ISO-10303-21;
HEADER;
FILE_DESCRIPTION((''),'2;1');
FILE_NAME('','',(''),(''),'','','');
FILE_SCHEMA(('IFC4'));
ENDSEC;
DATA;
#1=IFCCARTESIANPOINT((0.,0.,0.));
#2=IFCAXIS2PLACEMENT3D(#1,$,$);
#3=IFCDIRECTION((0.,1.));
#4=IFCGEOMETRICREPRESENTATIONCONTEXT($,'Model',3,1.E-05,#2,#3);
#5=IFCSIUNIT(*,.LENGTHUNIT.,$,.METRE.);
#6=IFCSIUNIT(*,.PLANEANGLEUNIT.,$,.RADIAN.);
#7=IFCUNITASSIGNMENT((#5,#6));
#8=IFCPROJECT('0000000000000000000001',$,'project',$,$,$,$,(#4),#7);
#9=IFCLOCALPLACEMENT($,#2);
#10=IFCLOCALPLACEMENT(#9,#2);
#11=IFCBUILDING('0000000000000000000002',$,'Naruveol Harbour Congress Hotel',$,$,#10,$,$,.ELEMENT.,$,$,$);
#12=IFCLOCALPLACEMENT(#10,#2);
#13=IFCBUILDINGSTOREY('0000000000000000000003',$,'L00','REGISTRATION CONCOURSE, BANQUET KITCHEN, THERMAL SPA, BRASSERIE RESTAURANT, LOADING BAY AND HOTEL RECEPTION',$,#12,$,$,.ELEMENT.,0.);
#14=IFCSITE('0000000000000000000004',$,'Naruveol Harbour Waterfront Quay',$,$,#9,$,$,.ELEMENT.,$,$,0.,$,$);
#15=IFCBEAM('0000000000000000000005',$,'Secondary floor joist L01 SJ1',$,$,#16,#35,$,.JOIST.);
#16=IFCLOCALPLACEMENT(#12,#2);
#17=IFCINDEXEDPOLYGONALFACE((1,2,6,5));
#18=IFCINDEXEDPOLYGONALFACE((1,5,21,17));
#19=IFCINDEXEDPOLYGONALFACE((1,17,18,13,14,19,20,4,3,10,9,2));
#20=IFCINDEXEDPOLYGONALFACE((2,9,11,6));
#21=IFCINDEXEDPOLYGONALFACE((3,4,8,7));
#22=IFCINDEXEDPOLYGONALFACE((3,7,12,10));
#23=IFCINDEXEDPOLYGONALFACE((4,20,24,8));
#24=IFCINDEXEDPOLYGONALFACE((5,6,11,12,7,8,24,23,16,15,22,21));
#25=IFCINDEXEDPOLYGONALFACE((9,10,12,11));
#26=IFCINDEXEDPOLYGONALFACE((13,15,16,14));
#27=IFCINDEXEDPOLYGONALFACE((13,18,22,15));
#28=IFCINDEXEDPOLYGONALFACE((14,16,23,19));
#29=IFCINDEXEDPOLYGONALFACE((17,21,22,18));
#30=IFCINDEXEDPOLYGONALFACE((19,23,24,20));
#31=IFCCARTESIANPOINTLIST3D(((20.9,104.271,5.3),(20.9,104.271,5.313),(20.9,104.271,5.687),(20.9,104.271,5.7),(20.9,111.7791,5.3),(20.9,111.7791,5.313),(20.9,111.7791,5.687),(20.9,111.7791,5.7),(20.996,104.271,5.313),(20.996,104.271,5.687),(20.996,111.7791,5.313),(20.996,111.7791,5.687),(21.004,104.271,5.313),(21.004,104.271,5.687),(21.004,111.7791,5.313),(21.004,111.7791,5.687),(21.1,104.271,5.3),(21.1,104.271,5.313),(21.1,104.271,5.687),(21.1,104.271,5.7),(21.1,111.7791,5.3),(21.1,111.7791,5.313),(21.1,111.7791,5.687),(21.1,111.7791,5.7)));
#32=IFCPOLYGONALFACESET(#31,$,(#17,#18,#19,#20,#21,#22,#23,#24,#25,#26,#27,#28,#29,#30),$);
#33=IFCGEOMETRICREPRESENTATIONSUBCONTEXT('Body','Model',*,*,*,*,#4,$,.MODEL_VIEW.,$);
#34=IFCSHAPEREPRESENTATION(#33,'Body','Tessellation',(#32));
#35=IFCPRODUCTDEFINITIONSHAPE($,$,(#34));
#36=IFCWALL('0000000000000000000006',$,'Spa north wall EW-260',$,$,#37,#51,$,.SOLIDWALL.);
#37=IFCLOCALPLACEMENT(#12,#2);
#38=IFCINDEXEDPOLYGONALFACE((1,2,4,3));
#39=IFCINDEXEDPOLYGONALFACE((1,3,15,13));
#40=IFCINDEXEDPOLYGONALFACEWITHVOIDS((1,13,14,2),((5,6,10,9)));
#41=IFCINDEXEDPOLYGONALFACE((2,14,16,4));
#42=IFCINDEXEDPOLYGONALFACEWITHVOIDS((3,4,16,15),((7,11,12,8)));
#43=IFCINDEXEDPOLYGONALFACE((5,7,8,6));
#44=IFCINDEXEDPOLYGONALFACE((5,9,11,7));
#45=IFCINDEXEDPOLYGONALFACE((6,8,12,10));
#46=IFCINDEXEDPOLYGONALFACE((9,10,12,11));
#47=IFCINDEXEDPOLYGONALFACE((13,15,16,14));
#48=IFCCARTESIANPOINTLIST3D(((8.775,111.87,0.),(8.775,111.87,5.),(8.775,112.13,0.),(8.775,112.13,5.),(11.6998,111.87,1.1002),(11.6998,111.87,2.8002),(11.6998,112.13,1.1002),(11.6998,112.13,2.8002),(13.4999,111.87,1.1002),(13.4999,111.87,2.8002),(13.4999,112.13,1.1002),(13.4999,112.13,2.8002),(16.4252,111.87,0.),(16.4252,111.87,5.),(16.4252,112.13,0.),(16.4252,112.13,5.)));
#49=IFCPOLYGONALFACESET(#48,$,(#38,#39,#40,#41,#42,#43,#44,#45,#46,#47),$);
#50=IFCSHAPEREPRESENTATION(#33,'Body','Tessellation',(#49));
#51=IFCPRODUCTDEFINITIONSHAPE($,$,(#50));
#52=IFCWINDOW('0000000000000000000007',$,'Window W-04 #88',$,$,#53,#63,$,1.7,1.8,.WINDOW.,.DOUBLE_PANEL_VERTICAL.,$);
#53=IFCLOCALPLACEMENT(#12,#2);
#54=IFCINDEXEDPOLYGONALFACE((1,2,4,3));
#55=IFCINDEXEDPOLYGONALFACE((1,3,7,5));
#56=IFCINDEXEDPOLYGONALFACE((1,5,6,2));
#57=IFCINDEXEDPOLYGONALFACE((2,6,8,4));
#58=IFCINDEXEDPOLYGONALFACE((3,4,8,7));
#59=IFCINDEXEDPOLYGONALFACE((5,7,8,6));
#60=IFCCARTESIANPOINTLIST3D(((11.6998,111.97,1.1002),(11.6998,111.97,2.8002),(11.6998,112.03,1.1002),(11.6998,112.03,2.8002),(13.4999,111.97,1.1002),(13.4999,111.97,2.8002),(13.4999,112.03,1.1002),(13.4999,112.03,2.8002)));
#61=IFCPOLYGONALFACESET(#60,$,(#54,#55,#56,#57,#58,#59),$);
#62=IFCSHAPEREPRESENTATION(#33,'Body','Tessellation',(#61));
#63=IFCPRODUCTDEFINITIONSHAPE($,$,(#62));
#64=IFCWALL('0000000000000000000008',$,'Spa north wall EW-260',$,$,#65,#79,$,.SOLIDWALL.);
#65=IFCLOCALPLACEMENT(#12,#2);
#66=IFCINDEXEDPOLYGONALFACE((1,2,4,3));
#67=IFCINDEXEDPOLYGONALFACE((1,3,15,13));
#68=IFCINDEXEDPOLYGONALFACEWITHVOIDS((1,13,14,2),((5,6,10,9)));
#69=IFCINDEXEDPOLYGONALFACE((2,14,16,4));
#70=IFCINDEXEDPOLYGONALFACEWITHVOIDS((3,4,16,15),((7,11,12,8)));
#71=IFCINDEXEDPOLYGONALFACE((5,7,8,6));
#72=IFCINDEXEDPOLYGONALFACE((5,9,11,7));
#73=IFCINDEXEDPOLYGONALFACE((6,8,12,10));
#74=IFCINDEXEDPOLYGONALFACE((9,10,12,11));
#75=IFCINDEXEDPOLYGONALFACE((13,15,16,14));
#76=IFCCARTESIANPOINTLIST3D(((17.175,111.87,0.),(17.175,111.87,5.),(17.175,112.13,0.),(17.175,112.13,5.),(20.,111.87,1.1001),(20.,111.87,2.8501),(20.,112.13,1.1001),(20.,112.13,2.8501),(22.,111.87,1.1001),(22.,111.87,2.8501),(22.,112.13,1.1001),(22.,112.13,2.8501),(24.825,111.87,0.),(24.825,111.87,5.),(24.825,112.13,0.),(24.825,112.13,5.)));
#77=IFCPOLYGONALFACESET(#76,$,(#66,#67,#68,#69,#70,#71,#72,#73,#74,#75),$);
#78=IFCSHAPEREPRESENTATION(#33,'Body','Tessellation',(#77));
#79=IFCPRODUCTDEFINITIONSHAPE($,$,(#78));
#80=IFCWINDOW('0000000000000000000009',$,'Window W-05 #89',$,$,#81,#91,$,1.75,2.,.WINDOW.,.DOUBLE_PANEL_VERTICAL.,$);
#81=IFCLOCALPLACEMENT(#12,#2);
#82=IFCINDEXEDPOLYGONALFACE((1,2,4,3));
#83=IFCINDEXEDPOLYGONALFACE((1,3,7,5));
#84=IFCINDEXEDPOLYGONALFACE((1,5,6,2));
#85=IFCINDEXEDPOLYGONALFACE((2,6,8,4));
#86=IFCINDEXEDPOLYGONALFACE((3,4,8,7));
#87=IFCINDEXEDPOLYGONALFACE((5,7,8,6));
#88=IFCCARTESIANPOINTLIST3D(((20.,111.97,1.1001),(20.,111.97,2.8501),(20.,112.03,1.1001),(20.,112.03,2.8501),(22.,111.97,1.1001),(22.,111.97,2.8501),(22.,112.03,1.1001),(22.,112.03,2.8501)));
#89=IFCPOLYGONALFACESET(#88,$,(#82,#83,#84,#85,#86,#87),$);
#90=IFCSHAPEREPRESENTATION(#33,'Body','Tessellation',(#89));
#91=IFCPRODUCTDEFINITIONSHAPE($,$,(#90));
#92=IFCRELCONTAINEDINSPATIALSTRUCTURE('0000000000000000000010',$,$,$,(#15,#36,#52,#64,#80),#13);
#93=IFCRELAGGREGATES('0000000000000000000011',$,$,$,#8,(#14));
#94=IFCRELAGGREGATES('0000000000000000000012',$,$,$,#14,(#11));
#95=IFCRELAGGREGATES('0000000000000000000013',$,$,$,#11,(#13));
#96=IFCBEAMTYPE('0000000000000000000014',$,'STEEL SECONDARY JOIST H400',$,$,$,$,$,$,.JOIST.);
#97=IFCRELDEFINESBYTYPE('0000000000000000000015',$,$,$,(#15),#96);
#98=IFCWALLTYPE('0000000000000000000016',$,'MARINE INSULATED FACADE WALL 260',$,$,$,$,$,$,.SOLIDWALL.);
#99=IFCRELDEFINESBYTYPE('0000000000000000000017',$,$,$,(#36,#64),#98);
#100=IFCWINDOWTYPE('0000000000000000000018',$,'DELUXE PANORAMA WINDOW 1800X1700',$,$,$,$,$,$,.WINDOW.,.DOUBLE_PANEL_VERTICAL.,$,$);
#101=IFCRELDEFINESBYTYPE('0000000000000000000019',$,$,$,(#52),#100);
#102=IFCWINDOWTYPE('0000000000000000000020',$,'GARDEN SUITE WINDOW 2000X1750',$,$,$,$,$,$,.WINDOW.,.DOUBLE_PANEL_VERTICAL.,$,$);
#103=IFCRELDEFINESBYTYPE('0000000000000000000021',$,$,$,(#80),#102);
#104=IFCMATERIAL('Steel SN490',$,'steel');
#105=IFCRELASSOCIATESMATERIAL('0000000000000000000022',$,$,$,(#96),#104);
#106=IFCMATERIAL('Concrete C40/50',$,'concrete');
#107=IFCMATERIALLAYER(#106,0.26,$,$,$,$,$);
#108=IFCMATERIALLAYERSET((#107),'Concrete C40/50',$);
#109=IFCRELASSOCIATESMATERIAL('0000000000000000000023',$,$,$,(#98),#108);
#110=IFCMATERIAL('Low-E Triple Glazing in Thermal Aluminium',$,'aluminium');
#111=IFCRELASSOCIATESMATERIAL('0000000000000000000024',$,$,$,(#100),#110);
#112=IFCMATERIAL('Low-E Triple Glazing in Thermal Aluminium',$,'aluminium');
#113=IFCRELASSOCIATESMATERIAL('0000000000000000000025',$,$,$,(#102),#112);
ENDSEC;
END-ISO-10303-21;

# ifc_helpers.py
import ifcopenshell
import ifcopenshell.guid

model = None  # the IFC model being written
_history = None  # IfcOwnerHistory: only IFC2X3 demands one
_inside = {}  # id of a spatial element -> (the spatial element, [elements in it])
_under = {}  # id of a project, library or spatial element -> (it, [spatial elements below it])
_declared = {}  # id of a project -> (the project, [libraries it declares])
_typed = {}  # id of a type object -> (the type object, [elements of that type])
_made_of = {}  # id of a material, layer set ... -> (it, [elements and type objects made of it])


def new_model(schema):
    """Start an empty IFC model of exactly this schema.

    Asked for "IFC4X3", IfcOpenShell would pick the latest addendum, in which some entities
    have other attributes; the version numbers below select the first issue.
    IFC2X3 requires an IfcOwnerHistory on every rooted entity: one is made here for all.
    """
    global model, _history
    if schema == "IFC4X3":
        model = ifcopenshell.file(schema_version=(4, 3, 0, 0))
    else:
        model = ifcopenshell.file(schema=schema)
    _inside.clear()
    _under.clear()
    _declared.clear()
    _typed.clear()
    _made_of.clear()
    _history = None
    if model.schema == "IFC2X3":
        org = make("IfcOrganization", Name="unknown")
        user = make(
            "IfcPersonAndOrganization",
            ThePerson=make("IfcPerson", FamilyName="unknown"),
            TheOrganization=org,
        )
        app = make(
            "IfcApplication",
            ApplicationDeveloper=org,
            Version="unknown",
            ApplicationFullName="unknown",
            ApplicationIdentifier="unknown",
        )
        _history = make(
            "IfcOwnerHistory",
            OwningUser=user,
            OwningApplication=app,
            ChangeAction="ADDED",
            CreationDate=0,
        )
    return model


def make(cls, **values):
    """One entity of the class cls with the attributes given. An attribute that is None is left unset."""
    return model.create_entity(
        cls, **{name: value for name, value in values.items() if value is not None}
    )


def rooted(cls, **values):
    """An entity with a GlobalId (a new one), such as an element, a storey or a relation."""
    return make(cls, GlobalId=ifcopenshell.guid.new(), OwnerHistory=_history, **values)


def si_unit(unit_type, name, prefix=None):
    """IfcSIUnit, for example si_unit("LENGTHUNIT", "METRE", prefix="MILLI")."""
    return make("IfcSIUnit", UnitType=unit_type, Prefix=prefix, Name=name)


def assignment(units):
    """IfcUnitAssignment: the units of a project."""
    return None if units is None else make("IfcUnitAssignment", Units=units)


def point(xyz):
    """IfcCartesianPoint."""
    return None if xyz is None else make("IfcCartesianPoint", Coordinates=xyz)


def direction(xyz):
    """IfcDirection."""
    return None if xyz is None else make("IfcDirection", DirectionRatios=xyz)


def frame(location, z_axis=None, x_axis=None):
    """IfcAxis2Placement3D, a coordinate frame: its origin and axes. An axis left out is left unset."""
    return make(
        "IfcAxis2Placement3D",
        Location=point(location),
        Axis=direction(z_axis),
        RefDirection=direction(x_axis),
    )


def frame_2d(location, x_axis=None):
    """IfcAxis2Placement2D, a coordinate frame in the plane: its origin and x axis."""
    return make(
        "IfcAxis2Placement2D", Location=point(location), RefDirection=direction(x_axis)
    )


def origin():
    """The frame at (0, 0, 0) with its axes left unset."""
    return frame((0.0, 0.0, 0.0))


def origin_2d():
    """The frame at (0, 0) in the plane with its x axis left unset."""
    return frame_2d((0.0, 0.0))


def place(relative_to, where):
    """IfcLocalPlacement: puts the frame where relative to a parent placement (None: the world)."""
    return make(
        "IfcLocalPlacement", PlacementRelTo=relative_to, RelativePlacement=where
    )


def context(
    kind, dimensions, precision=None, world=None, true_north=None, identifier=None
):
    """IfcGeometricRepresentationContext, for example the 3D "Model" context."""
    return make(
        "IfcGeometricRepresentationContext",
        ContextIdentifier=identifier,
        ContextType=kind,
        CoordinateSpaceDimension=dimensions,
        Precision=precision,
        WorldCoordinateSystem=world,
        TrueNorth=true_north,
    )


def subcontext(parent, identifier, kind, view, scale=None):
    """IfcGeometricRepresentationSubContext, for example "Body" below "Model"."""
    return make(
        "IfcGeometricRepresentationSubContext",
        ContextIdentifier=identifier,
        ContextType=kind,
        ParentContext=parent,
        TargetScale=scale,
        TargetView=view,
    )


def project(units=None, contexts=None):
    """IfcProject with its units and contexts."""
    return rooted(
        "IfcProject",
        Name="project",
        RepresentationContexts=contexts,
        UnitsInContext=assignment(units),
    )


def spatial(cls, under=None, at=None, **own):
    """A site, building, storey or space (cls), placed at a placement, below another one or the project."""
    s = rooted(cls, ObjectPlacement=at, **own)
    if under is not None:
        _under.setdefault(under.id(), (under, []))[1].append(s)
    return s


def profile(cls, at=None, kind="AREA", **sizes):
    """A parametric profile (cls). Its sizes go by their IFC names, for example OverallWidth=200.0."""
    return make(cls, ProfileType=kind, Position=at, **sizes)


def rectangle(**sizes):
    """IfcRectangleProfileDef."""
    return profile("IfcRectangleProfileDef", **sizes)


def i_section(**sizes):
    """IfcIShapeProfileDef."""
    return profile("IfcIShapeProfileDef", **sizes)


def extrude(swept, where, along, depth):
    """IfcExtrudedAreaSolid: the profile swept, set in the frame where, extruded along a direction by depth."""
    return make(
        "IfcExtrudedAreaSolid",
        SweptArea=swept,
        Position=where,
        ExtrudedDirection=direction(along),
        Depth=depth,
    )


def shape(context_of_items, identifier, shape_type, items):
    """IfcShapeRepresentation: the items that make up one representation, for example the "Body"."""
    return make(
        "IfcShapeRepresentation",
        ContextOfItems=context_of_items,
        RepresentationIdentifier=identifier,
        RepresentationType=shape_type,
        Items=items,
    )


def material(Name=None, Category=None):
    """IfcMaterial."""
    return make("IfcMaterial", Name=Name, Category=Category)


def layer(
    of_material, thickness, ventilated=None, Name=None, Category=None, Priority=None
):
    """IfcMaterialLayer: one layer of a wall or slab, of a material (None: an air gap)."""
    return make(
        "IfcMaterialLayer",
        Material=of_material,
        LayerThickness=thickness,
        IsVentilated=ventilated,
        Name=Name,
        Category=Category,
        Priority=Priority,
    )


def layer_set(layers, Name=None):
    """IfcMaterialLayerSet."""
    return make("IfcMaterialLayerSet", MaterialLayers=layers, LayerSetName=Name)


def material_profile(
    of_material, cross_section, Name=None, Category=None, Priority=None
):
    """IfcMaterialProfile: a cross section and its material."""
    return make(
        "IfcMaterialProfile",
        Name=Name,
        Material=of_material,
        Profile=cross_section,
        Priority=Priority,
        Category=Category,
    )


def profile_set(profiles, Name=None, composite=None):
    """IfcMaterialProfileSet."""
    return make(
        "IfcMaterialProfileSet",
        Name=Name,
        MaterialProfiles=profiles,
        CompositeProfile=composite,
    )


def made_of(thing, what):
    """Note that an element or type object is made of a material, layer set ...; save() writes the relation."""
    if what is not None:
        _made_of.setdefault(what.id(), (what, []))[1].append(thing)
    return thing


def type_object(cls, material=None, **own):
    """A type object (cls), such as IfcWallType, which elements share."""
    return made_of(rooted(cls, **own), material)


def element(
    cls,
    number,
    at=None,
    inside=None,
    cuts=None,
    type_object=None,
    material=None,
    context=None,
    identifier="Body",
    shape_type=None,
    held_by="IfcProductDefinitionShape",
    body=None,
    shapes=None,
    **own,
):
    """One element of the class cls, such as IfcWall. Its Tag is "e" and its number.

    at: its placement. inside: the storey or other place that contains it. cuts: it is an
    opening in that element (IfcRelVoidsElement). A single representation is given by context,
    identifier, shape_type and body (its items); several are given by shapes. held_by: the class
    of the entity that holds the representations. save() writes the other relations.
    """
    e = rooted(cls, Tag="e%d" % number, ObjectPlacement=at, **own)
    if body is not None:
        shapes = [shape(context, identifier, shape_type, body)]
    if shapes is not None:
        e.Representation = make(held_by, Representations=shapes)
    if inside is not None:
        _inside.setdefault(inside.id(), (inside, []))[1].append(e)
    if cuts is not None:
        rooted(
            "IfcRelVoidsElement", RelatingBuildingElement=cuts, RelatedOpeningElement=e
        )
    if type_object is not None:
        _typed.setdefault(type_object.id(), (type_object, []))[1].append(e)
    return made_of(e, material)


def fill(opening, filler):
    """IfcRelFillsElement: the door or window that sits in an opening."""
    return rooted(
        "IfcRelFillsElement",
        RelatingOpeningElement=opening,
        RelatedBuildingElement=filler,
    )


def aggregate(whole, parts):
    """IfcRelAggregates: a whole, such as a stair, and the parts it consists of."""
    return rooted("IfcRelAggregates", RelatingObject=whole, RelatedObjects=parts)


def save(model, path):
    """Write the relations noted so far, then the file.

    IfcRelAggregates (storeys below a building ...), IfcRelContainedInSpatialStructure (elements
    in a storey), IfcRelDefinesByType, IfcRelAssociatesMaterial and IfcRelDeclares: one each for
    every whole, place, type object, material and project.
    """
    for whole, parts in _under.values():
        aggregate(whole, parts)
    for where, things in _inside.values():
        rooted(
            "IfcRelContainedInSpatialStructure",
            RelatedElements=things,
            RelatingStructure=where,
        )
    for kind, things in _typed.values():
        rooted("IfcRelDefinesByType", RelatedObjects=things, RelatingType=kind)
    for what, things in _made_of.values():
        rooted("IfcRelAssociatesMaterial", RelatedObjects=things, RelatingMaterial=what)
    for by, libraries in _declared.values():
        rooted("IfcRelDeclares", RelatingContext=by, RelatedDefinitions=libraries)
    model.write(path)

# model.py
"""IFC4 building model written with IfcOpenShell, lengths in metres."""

from ifc_helpers import new_model, si_unit, direction, frame, frame_2d, origin, origin_2d, place, context, subcontext, project, spatial, rectangle, i_section, extrude, material, layer, layer_set, material_profile, profile_set, type_object, element, fill, save


model = new_model("IFC4")

# Units and contexts
model_context = context("Model", 3, precision=1e-05, world=origin(), true_north=direction((0.0, 1.0)))
body_context = subcontext(model_context, "Body", "Model", "MODEL_VIEW")
ifc_project = project(units=[si_unit("LENGTHUNIT", "METRE"), si_unit("PLANEANGLEUNIT", "RADIAN")], contexts=[model_context])

# Site, building, storey
site_placement = place(None, origin())
site = spatial("IfcSite", under=ifc_project, at=site_placement, Name="Naruveol Harbour Waterfront Quay", CompositionType="ELEMENT", RefElevation=0.0)
building_placement = place(site_placement, origin())
building = spatial("IfcBuilding", under=site, at=building_placement, Name="Naruveol Harbour Congress Hotel", CompositionType="ELEMENT")
storey_placement = place(building_placement, origin())
storey = spatial("IfcBuildingStorey", under=building, at=storey_placement, Name="L00", Description="REGISTRATION CONCOURSE, BANQUET KITCHEN, THERMAL SPA, BRASSERIE RESTAURANT, LOADING BAY AND HOTEL RECEPTION", CompositionType="ELEMENT", Elevation=0.0)

# Beam
ifc_material_1 = material(Name="Steel SN490", Category="steel")
ifc_material_profile_1 = material_profile(ifc_material_1, i_section(OverallWidth=0.2, OverallDepth=0.3999, WebThickness=0.0081, FlangeThickness=0.0129, at=origin_2d()), Name="H-400x200x8x13")
ifc_profile_set_1 = profile_set([ifc_material_profile_1], Name="Steel SN490")
beam_type_1 = type_object("IfcBeamType", Name="STEEL SECONDARY JOIST H400", PredefinedType="JOIST", material=ifc_profile_set_1)
for number, where, z_axis, x_axis, name in (
    (1, (21.0, 104.271, 5.5), (0.0, 1.0, 0.0), (-1.0, 0.0, 0.0), "Secondary floor joist L01 SJ1"),
):
    element("IfcBeam", number, at=place(storey_placement, frame(where, z_axis=z_axis, x_axis=x_axis)), inside=storey, type_object=beam_type_1, Name=name, PredefinedType="JOIST", context=body_context, shape_type="SweptSolid", body=[
        extrude(i_section(OverallWidth=0.2, OverallDepth=0.3999, WebThickness=0.0081, FlangeThickness=0.0129, at=origin_2d()), origin(), (0.0, 0.0, 1.0), 7.5081),
    ])

# Walls, openings, windows
ifc_material_2 = material(Name="Concrete C40/50", Category="concrete")
ifc_layer = layer(ifc_material_2, 0.26)
ifc_layer_set = layer_set([ifc_layer], Name="Concrete C40/50")
wall_type = type_object("IfcWallType", Name="MARINE INSULATED FACADE WALL 260", PredefinedType="SOLIDWALL", material=ifc_layer_set)
wall_1_placement = place(storey_placement, frame((8.7749, 112.0, 0.0), z_axis=(0.0, 0.0, 1.0), x_axis=(1.0, 0.0, 0.0)))
wall_1 = element("IfcWall", 2, at=wall_1_placement, inside=storey, type_object=wall_type, Name="Spa north wall EW-260", PredefinedType="SOLIDWALL", context=body_context, shape_type="SweptSolid", body=[
    extrude(rectangle(XDim=7.6501, YDim=0.26, at=frame_2d((3.8252, 0.0))), origin(), (0.0, 0.0, 1.0), 5.0),
])
opening_1_placement = place(wall_1_placement, frame((2.925, 0.0, 1.1001)))
opening_1 = element("IfcOpeningElement", 3, at=opening_1_placement, cuts=wall_1, PredefinedType="OPENING", context=body_context, shape_type="SweptSolid", body=[
    extrude(rectangle(XDim=1.8, YDim=1.7, at=frame_2d((0.8999, 0.8501))), frame((0.0, 0.1399, 0.0), z_axis=(0.0, -1.0, 0.0), x_axis=(1.0, 0.0, 0.0)), (0.0, 0.0, 1.0), 0.28),
])
ifc_material_3 = material(Name="Low-E Triple Glazing in Thermal Aluminium", Category="aluminium")
window_type_1 = type_object("IfcWindowType", Name="DELUXE PANORAMA WINDOW 1800X1700", PartitioningType="DOUBLE_PANEL_VERTICAL", PredefinedType="WINDOW", material=ifc_material_3)
window_1_placement = place(opening_1_placement, origin())
window_1 = element("IfcWindow", 4, at=window_1_placement, inside=storey, type_object=window_type_1, Name="Window W-04 #88", OverallHeight=1.7, OverallWidth=1.8, PartitioningType="DOUBLE_PANEL_VERTICAL", PredefinedType="WINDOW", context=body_context, shape_type="SweptSolid", body=[
    extrude(rectangle(XDim=1.8, YDim=1.7, at=frame_2d((0.8999, 0.8501))), frame((0.0, 0.03, 0.0), z_axis=(0.0, -1.0, 0.0), x_axis=(1.0, 0.0, 0.0)), (0.0, 0.0, 1.0), 0.0601),
])
fill(opening_1, window_1)
wall_2_placement = place(storey_placement, frame((17.175, 112.0, 0.0), z_axis=(0.0, 0.0, 1.0), x_axis=(1.0, 0.0, 0.0)))
wall_2 = element("IfcWall", 5, at=wall_2_placement, inside=storey, type_object=wall_type, Name="Spa north wall EW-260", PredefinedType="SOLIDWALL", context=body_context, shape_type="SweptSolid", body=[
    extrude(rectangle(XDim=7.6499, YDim=0.26, at=frame_2d((3.825, 0.0))), origin(), (0.0, 0.0, 1.0), 5.0),
])
opening_2_placement = place(wall_2_placement, frame((2.825, 0.0, 1.1001)))
opening_2 = element("IfcOpeningElement", 6, at=opening_2_placement, cuts=wall_2, PredefinedType="OPENING", context=body_context, shape_type="SweptSolid", body=[
    extrude(rectangle(XDim=2.0, YDim=1.75, at=frame_2d((1.0, 0.875))), frame((0.0, 0.1399, 0.0), z_axis=(0.0, -1.0, 0.0), x_axis=(1.0, 0.0, 0.0)), (0.0, 0.0, 1.0), 0.28),
])
ifc_material_4 = material(Name="Low-E Triple Glazing in Thermal Aluminium", Category="aluminium")
window_type_2 = type_object("IfcWindowType", Name="GARDEN SUITE WINDOW 2000X1750", PartitioningType="DOUBLE_PANEL_VERTICAL", PredefinedType="WINDOW", material=ifc_material_4)
window_2_placement = place(opening_2_placement, origin())
window_2 = element("IfcWindow", 7, at=window_2_placement, inside=storey, type_object=window_type_2, Name="Window W-05 #89", OverallHeight=1.75, OverallWidth=2.0, PartitioningType="DOUBLE_PANEL_VERTICAL", PredefinedType="WINDOW", context=body_context, shape_type="SweptSolid", body=[
    extrude(rectangle(XDim=2.0, YDim=1.75, at=frame_2d((1.0, 0.875))), frame((0.0, 0.03, 0.0), z_axis=(0.0, -1.0, 0.0), x_axis=(1.0, 0.0, 0.0)), (0.0, 0.0, 1.0), 0.0601),
])
fill(opening_2, window_2)

save(model, "model.ifc")
